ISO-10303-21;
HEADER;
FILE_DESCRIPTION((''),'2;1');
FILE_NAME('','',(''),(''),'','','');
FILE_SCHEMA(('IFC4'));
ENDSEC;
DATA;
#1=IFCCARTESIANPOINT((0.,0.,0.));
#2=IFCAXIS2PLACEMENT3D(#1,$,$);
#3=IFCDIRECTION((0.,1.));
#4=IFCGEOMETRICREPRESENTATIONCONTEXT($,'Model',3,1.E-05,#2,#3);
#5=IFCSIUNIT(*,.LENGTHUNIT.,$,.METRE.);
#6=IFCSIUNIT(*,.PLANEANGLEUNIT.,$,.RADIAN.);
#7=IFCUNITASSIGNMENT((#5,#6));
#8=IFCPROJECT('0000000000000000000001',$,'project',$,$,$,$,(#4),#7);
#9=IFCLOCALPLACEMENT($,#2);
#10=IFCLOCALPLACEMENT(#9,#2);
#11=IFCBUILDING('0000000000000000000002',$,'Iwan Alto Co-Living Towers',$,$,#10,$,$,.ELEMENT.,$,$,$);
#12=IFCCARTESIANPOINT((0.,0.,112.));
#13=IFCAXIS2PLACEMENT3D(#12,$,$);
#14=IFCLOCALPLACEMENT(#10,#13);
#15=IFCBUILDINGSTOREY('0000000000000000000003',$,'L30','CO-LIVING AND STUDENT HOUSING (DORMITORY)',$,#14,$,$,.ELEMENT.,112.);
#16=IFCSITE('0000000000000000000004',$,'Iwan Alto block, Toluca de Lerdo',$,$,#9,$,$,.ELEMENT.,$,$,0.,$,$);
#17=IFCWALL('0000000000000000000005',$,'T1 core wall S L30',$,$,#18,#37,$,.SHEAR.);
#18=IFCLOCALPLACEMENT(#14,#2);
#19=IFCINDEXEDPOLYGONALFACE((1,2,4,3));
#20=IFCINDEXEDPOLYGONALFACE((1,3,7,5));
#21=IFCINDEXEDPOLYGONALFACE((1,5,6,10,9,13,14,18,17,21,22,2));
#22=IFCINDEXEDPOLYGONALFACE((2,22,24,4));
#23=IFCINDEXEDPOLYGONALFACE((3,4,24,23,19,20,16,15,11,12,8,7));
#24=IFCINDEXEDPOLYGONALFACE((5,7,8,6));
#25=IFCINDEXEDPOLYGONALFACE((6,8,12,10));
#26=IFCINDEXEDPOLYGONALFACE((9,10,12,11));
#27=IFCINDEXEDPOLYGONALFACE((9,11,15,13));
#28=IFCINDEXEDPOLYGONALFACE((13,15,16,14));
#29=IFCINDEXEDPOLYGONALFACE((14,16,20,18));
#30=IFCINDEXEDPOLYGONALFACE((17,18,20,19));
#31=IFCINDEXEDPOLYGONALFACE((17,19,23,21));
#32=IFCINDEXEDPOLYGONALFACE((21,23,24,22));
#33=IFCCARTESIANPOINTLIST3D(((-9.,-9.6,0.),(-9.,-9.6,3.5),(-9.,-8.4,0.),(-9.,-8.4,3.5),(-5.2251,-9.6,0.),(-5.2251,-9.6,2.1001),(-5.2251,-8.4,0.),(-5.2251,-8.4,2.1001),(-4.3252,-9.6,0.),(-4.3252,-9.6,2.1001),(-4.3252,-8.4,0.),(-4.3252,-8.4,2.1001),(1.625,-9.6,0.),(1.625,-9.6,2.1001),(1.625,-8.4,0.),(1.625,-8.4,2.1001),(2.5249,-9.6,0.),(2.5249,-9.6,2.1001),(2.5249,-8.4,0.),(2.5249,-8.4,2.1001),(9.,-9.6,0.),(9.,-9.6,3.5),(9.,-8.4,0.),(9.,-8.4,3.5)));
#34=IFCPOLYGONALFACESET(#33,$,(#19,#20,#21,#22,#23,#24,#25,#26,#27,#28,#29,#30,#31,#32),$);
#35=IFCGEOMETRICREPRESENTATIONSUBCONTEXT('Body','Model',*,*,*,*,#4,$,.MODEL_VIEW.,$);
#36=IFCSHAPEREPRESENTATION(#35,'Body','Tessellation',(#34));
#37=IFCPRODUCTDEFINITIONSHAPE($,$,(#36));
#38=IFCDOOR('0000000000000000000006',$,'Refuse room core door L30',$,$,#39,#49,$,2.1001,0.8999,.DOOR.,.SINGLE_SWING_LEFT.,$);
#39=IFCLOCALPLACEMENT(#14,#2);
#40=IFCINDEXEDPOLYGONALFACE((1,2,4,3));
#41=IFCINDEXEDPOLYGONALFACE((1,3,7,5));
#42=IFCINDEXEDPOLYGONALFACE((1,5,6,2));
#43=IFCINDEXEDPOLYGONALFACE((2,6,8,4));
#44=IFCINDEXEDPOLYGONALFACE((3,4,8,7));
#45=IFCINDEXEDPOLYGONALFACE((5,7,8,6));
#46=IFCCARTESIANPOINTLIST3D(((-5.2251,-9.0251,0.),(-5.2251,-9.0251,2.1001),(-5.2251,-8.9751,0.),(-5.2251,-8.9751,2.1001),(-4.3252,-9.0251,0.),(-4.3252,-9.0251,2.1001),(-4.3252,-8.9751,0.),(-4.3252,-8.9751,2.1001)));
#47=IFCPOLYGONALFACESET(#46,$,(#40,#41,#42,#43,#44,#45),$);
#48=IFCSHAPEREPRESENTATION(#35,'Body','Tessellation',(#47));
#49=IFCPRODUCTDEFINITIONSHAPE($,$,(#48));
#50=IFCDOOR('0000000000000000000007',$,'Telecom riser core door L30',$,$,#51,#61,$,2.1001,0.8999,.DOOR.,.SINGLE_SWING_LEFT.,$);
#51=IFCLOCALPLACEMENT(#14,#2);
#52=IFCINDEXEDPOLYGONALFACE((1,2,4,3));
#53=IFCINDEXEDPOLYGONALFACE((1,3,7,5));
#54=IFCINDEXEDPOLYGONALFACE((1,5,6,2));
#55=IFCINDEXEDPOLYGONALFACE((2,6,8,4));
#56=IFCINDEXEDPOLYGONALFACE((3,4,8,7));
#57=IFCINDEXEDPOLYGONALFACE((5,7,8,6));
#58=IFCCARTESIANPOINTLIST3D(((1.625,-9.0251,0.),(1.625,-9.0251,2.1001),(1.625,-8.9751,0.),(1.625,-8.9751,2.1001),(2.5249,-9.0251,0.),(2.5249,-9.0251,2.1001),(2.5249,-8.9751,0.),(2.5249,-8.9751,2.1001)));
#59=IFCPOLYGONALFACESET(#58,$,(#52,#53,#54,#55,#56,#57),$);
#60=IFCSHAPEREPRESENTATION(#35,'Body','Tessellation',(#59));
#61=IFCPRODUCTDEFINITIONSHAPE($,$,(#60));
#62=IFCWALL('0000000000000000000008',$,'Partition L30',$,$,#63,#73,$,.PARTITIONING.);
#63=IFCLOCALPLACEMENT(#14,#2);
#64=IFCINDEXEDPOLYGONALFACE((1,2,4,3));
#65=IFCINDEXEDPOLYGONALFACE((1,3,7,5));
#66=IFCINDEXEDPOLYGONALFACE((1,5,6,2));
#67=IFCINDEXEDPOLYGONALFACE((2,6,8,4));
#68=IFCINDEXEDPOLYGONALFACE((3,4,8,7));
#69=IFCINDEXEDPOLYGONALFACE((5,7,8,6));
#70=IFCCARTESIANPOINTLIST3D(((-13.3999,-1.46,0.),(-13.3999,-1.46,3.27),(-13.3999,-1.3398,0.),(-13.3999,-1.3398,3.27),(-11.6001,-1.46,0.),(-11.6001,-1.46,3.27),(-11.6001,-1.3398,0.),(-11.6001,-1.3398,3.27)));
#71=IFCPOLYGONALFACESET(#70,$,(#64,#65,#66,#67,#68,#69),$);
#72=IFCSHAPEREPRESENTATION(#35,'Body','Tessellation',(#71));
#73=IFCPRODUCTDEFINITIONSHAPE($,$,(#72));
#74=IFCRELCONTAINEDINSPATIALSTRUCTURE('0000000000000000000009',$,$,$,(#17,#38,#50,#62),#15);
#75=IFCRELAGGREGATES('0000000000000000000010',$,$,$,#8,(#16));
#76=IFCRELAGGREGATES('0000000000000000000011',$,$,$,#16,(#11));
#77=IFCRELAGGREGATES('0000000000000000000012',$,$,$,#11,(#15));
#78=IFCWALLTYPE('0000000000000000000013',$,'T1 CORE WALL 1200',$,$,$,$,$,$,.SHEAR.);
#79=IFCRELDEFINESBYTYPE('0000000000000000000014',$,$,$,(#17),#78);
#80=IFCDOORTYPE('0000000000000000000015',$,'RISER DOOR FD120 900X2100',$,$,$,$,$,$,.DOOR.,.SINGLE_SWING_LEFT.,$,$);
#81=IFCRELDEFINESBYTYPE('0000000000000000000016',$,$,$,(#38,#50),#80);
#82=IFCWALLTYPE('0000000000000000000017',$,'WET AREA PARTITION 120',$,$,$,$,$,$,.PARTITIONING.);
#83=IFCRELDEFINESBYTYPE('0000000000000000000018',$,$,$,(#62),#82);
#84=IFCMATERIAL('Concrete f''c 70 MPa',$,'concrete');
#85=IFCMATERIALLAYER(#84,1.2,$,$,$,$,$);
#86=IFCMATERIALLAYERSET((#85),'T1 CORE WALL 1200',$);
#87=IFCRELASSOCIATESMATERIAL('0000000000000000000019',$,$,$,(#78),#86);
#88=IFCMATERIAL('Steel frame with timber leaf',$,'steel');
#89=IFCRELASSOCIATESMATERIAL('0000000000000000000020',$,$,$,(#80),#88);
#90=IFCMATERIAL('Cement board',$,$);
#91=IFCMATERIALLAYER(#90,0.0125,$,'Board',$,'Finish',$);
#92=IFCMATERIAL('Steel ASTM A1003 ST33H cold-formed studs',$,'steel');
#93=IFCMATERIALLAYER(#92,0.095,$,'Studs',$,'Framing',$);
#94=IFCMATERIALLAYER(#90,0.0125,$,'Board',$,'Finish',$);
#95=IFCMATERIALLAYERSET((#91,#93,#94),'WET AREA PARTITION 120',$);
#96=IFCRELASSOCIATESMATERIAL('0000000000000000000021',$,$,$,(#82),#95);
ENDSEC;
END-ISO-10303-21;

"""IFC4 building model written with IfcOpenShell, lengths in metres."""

from ifc_helpers import new_model, si_unit, direction, frame, frame_2d, origin, place, context, subcontext, project, spatial, rectangle, extrude, material, layer, layer_set, type_object, element, fill, save


model = new_model("IFC4")

# Units and contexts
model_context = context("Model", 3, precision=1e-05, world=origin(), true_north=direction((0.0, 1.0)))
body_context = subcontext(model_context, "Body", "Model", "MODEL_VIEW")
ifc_project = project(units=[si_unit("LENGTHUNIT", "METRE"), si_unit("PLANEANGLEUNIT", "RADIAN")], contexts=[model_context])

# Site, building, storey
site_placement = place(None, origin())
site = spatial("IfcSite", under=ifc_project, at=site_placement, Name="Iwan Alto block, Toluca de Lerdo", CompositionType="ELEMENT", RefElevation=0.0)
building_placement = place(site_placement, origin())
building = spatial("IfcBuilding", under=site, at=building_placement, Name="Iwan Alto Co-Living Towers", CompositionType="ELEMENT")
storey_placement = place(building_placement, frame((0.0, 0.0, 112.0)))
storey = spatial("IfcBuildingStorey", under=building, at=storey_placement, Name="L30", Description="CO-LIVING AND STUDENT HOUSING (DORMITORY)", CompositionType="ELEMENT", Elevation=112.0)

# Shared definitions
ifc_material_1 = material(Name="Steel ASTM A1003 ST33H cold-formed studs", Category="steel")

# Wall, openings, doors
ifc_material_2 = material(Name="Concrete f'c 70 MPa", Category="concrete")
ifc_layer_1 = layer(ifc_material_2, 1.2)
ifc_layer_set_1 = layer_set([ifc_layer_1], Name="T1 CORE WALL 1200")
wall_type_1 = type_object("IfcWallType", Name="T1 CORE WALL 1200", PredefinedType="SHEAR", material=ifc_layer_set_1)
wall_1_placement = place(storey_placement, frame((-9.0, -9.0, 0.0), z_axis=(0.0, 0.0, 1.0), x_axis=(1.0, 0.0, 0.0)))
wall_1 = element("IfcWall", 1, at=wall_1_placement, inside=storey, type_object=wall_type_1, Name="T1 core wall S L30", PredefinedType="SHEAR", context=body_context, shape_type="SweptSolid", body=[
    extrude(rectangle(XDim=18.0, YDim=1.2, at=frame_2d((9.0, 0.0))), origin(), (0.0, 0.0, 1.0), 3.5),
])
opening_1_placement = place(wall_1_placement, frame((3.7749, 0.0, 0.0)))
opening_1 = element("IfcOpeningElement", 2, at=opening_1_placement, cuts=wall_1, PredefinedType="OPENING", context=body_context, shape_type="SweptSolid", body=[
    extrude(rectangle(XDim=0.8999, YDim=2.1001, at=frame_2d((0.45, 1.05))), frame((0.0, 0.6099, 0.0), z_axis=(0.0, -1.0, 0.0), x_axis=(1.0, 0.0, 0.0)), (0.0, 0.0, 1.0), 1.22),
])
opening_2_placement = place(wall_1_placement, frame((10.625, 0.0, 0.0)))
opening_2 = element("IfcOpeningElement", 3, at=opening_2_placement, cuts=wall_1, PredefinedType="OPENING", context=body_context, shape_type="SweptSolid", body=[
    extrude(rectangle(XDim=0.8999, YDim=2.1001, at=frame_2d((0.45, 1.05))), frame((0.0, 0.6099, 0.0), z_axis=(0.0, -1.0, 0.0), x_axis=(1.0, 0.0, 0.0)), (0.0, 0.0, 1.0), 1.22),
])
ifc_material_3 = material(Name="Steel frame with timber leaf", Category="steel")
door_type_1 = type_object("IfcDoorType", Name="RISER DOOR FD120 900X2100", OperationType="SINGLE_SWING_LEFT", PredefinedType="DOOR", material=ifc_material_3)
door_1_placement = place(opening_1_placement, origin())
door_1 = element("IfcDoor", 4, at=door_1_placement, inside=storey, type_object=door_type_1, Name="Refuse room core door L30", OperationType="SINGLE_SWING_LEFT", OverallHeight=2.1001, OverallWidth=0.8999, PredefinedType="DOOR", context=body_context, shape_type="SweptSolid", body=[
    extrude(rectangle(XDim=0.8999, YDim=2.1001, at=frame_2d((0.45, 1.05))), frame((0.0, 0.0249, 0.0), z_axis=(0.0, -1.0, 0.0), x_axis=(1.0, 0.0, 0.0)), (0.0, 0.0, 1.0), 0.05),
])
fill(opening_1, door_1)
door_2_placement = place(opening_2_placement, origin())
door_2 = element("IfcDoor", 5, at=door_2_placement, inside=storey, type_object=door_type_1, Name="Telecom riser core door L30", OperationType="SINGLE_SWING_LEFT", OverallHeight=2.1001, OverallWidth=0.8999, PredefinedType="DOOR", context=body_context, shape_type="SweptSolid", body=[
    extrude(rectangle(XDim=0.8999, YDim=2.1001, at=frame_2d((0.45, 1.05))), frame((0.0, 0.0249, 0.0), z_axis=(0.0, -1.0, 0.0), x_axis=(1.0, 0.0, 0.0)), (0.0, 0.0, 1.0), 0.05),
])
fill(opening_2, door_2)

# Wall
ifc_material_4 = material(Name="Cement board")
ifc_layer_2 = layer(ifc_material_4, 0.0125, Name="Board", Category="Finish")
ifc_layer_3 = layer(ifc_material_1, 0.095, Name="Studs", Category="Framing")
ifc_layer_4 = layer(ifc_material_4, 0.0125, Name="Board", Category="Finish")
ifc_layer_set_2 = layer_set([ifc_layer_2, ifc_layer_3, ifc_layer_4], Name="WET AREA PARTITION 120")
wall_type_2 = type_object("IfcWallType", Name="WET AREA PARTITION 120", PredefinedType="PARTITIONING", material=ifc_layer_set_2)
wall_2_placement = place(storey_placement, frame((-13.3999, -1.3999, 0.0), z_axis=(0.0, 0.0, 1.0), x_axis=(1.0, 0.0, 0.0)))
element("IfcWall", 6, at=wall_2_placement, inside=storey, type_object=wall_type_2, Name="Partition L30", PredefinedType="PARTITIONING", context=body_context, shape_type="SweptSolid", body=[
    extrude(rectangle(XDim=1.7998, YDim=0.1201, at=frame_2d((0.8999, 0.0))), origin(), (0.0, 0.0, 1.0), 3.27),
])

save(model, "model.ifc")
